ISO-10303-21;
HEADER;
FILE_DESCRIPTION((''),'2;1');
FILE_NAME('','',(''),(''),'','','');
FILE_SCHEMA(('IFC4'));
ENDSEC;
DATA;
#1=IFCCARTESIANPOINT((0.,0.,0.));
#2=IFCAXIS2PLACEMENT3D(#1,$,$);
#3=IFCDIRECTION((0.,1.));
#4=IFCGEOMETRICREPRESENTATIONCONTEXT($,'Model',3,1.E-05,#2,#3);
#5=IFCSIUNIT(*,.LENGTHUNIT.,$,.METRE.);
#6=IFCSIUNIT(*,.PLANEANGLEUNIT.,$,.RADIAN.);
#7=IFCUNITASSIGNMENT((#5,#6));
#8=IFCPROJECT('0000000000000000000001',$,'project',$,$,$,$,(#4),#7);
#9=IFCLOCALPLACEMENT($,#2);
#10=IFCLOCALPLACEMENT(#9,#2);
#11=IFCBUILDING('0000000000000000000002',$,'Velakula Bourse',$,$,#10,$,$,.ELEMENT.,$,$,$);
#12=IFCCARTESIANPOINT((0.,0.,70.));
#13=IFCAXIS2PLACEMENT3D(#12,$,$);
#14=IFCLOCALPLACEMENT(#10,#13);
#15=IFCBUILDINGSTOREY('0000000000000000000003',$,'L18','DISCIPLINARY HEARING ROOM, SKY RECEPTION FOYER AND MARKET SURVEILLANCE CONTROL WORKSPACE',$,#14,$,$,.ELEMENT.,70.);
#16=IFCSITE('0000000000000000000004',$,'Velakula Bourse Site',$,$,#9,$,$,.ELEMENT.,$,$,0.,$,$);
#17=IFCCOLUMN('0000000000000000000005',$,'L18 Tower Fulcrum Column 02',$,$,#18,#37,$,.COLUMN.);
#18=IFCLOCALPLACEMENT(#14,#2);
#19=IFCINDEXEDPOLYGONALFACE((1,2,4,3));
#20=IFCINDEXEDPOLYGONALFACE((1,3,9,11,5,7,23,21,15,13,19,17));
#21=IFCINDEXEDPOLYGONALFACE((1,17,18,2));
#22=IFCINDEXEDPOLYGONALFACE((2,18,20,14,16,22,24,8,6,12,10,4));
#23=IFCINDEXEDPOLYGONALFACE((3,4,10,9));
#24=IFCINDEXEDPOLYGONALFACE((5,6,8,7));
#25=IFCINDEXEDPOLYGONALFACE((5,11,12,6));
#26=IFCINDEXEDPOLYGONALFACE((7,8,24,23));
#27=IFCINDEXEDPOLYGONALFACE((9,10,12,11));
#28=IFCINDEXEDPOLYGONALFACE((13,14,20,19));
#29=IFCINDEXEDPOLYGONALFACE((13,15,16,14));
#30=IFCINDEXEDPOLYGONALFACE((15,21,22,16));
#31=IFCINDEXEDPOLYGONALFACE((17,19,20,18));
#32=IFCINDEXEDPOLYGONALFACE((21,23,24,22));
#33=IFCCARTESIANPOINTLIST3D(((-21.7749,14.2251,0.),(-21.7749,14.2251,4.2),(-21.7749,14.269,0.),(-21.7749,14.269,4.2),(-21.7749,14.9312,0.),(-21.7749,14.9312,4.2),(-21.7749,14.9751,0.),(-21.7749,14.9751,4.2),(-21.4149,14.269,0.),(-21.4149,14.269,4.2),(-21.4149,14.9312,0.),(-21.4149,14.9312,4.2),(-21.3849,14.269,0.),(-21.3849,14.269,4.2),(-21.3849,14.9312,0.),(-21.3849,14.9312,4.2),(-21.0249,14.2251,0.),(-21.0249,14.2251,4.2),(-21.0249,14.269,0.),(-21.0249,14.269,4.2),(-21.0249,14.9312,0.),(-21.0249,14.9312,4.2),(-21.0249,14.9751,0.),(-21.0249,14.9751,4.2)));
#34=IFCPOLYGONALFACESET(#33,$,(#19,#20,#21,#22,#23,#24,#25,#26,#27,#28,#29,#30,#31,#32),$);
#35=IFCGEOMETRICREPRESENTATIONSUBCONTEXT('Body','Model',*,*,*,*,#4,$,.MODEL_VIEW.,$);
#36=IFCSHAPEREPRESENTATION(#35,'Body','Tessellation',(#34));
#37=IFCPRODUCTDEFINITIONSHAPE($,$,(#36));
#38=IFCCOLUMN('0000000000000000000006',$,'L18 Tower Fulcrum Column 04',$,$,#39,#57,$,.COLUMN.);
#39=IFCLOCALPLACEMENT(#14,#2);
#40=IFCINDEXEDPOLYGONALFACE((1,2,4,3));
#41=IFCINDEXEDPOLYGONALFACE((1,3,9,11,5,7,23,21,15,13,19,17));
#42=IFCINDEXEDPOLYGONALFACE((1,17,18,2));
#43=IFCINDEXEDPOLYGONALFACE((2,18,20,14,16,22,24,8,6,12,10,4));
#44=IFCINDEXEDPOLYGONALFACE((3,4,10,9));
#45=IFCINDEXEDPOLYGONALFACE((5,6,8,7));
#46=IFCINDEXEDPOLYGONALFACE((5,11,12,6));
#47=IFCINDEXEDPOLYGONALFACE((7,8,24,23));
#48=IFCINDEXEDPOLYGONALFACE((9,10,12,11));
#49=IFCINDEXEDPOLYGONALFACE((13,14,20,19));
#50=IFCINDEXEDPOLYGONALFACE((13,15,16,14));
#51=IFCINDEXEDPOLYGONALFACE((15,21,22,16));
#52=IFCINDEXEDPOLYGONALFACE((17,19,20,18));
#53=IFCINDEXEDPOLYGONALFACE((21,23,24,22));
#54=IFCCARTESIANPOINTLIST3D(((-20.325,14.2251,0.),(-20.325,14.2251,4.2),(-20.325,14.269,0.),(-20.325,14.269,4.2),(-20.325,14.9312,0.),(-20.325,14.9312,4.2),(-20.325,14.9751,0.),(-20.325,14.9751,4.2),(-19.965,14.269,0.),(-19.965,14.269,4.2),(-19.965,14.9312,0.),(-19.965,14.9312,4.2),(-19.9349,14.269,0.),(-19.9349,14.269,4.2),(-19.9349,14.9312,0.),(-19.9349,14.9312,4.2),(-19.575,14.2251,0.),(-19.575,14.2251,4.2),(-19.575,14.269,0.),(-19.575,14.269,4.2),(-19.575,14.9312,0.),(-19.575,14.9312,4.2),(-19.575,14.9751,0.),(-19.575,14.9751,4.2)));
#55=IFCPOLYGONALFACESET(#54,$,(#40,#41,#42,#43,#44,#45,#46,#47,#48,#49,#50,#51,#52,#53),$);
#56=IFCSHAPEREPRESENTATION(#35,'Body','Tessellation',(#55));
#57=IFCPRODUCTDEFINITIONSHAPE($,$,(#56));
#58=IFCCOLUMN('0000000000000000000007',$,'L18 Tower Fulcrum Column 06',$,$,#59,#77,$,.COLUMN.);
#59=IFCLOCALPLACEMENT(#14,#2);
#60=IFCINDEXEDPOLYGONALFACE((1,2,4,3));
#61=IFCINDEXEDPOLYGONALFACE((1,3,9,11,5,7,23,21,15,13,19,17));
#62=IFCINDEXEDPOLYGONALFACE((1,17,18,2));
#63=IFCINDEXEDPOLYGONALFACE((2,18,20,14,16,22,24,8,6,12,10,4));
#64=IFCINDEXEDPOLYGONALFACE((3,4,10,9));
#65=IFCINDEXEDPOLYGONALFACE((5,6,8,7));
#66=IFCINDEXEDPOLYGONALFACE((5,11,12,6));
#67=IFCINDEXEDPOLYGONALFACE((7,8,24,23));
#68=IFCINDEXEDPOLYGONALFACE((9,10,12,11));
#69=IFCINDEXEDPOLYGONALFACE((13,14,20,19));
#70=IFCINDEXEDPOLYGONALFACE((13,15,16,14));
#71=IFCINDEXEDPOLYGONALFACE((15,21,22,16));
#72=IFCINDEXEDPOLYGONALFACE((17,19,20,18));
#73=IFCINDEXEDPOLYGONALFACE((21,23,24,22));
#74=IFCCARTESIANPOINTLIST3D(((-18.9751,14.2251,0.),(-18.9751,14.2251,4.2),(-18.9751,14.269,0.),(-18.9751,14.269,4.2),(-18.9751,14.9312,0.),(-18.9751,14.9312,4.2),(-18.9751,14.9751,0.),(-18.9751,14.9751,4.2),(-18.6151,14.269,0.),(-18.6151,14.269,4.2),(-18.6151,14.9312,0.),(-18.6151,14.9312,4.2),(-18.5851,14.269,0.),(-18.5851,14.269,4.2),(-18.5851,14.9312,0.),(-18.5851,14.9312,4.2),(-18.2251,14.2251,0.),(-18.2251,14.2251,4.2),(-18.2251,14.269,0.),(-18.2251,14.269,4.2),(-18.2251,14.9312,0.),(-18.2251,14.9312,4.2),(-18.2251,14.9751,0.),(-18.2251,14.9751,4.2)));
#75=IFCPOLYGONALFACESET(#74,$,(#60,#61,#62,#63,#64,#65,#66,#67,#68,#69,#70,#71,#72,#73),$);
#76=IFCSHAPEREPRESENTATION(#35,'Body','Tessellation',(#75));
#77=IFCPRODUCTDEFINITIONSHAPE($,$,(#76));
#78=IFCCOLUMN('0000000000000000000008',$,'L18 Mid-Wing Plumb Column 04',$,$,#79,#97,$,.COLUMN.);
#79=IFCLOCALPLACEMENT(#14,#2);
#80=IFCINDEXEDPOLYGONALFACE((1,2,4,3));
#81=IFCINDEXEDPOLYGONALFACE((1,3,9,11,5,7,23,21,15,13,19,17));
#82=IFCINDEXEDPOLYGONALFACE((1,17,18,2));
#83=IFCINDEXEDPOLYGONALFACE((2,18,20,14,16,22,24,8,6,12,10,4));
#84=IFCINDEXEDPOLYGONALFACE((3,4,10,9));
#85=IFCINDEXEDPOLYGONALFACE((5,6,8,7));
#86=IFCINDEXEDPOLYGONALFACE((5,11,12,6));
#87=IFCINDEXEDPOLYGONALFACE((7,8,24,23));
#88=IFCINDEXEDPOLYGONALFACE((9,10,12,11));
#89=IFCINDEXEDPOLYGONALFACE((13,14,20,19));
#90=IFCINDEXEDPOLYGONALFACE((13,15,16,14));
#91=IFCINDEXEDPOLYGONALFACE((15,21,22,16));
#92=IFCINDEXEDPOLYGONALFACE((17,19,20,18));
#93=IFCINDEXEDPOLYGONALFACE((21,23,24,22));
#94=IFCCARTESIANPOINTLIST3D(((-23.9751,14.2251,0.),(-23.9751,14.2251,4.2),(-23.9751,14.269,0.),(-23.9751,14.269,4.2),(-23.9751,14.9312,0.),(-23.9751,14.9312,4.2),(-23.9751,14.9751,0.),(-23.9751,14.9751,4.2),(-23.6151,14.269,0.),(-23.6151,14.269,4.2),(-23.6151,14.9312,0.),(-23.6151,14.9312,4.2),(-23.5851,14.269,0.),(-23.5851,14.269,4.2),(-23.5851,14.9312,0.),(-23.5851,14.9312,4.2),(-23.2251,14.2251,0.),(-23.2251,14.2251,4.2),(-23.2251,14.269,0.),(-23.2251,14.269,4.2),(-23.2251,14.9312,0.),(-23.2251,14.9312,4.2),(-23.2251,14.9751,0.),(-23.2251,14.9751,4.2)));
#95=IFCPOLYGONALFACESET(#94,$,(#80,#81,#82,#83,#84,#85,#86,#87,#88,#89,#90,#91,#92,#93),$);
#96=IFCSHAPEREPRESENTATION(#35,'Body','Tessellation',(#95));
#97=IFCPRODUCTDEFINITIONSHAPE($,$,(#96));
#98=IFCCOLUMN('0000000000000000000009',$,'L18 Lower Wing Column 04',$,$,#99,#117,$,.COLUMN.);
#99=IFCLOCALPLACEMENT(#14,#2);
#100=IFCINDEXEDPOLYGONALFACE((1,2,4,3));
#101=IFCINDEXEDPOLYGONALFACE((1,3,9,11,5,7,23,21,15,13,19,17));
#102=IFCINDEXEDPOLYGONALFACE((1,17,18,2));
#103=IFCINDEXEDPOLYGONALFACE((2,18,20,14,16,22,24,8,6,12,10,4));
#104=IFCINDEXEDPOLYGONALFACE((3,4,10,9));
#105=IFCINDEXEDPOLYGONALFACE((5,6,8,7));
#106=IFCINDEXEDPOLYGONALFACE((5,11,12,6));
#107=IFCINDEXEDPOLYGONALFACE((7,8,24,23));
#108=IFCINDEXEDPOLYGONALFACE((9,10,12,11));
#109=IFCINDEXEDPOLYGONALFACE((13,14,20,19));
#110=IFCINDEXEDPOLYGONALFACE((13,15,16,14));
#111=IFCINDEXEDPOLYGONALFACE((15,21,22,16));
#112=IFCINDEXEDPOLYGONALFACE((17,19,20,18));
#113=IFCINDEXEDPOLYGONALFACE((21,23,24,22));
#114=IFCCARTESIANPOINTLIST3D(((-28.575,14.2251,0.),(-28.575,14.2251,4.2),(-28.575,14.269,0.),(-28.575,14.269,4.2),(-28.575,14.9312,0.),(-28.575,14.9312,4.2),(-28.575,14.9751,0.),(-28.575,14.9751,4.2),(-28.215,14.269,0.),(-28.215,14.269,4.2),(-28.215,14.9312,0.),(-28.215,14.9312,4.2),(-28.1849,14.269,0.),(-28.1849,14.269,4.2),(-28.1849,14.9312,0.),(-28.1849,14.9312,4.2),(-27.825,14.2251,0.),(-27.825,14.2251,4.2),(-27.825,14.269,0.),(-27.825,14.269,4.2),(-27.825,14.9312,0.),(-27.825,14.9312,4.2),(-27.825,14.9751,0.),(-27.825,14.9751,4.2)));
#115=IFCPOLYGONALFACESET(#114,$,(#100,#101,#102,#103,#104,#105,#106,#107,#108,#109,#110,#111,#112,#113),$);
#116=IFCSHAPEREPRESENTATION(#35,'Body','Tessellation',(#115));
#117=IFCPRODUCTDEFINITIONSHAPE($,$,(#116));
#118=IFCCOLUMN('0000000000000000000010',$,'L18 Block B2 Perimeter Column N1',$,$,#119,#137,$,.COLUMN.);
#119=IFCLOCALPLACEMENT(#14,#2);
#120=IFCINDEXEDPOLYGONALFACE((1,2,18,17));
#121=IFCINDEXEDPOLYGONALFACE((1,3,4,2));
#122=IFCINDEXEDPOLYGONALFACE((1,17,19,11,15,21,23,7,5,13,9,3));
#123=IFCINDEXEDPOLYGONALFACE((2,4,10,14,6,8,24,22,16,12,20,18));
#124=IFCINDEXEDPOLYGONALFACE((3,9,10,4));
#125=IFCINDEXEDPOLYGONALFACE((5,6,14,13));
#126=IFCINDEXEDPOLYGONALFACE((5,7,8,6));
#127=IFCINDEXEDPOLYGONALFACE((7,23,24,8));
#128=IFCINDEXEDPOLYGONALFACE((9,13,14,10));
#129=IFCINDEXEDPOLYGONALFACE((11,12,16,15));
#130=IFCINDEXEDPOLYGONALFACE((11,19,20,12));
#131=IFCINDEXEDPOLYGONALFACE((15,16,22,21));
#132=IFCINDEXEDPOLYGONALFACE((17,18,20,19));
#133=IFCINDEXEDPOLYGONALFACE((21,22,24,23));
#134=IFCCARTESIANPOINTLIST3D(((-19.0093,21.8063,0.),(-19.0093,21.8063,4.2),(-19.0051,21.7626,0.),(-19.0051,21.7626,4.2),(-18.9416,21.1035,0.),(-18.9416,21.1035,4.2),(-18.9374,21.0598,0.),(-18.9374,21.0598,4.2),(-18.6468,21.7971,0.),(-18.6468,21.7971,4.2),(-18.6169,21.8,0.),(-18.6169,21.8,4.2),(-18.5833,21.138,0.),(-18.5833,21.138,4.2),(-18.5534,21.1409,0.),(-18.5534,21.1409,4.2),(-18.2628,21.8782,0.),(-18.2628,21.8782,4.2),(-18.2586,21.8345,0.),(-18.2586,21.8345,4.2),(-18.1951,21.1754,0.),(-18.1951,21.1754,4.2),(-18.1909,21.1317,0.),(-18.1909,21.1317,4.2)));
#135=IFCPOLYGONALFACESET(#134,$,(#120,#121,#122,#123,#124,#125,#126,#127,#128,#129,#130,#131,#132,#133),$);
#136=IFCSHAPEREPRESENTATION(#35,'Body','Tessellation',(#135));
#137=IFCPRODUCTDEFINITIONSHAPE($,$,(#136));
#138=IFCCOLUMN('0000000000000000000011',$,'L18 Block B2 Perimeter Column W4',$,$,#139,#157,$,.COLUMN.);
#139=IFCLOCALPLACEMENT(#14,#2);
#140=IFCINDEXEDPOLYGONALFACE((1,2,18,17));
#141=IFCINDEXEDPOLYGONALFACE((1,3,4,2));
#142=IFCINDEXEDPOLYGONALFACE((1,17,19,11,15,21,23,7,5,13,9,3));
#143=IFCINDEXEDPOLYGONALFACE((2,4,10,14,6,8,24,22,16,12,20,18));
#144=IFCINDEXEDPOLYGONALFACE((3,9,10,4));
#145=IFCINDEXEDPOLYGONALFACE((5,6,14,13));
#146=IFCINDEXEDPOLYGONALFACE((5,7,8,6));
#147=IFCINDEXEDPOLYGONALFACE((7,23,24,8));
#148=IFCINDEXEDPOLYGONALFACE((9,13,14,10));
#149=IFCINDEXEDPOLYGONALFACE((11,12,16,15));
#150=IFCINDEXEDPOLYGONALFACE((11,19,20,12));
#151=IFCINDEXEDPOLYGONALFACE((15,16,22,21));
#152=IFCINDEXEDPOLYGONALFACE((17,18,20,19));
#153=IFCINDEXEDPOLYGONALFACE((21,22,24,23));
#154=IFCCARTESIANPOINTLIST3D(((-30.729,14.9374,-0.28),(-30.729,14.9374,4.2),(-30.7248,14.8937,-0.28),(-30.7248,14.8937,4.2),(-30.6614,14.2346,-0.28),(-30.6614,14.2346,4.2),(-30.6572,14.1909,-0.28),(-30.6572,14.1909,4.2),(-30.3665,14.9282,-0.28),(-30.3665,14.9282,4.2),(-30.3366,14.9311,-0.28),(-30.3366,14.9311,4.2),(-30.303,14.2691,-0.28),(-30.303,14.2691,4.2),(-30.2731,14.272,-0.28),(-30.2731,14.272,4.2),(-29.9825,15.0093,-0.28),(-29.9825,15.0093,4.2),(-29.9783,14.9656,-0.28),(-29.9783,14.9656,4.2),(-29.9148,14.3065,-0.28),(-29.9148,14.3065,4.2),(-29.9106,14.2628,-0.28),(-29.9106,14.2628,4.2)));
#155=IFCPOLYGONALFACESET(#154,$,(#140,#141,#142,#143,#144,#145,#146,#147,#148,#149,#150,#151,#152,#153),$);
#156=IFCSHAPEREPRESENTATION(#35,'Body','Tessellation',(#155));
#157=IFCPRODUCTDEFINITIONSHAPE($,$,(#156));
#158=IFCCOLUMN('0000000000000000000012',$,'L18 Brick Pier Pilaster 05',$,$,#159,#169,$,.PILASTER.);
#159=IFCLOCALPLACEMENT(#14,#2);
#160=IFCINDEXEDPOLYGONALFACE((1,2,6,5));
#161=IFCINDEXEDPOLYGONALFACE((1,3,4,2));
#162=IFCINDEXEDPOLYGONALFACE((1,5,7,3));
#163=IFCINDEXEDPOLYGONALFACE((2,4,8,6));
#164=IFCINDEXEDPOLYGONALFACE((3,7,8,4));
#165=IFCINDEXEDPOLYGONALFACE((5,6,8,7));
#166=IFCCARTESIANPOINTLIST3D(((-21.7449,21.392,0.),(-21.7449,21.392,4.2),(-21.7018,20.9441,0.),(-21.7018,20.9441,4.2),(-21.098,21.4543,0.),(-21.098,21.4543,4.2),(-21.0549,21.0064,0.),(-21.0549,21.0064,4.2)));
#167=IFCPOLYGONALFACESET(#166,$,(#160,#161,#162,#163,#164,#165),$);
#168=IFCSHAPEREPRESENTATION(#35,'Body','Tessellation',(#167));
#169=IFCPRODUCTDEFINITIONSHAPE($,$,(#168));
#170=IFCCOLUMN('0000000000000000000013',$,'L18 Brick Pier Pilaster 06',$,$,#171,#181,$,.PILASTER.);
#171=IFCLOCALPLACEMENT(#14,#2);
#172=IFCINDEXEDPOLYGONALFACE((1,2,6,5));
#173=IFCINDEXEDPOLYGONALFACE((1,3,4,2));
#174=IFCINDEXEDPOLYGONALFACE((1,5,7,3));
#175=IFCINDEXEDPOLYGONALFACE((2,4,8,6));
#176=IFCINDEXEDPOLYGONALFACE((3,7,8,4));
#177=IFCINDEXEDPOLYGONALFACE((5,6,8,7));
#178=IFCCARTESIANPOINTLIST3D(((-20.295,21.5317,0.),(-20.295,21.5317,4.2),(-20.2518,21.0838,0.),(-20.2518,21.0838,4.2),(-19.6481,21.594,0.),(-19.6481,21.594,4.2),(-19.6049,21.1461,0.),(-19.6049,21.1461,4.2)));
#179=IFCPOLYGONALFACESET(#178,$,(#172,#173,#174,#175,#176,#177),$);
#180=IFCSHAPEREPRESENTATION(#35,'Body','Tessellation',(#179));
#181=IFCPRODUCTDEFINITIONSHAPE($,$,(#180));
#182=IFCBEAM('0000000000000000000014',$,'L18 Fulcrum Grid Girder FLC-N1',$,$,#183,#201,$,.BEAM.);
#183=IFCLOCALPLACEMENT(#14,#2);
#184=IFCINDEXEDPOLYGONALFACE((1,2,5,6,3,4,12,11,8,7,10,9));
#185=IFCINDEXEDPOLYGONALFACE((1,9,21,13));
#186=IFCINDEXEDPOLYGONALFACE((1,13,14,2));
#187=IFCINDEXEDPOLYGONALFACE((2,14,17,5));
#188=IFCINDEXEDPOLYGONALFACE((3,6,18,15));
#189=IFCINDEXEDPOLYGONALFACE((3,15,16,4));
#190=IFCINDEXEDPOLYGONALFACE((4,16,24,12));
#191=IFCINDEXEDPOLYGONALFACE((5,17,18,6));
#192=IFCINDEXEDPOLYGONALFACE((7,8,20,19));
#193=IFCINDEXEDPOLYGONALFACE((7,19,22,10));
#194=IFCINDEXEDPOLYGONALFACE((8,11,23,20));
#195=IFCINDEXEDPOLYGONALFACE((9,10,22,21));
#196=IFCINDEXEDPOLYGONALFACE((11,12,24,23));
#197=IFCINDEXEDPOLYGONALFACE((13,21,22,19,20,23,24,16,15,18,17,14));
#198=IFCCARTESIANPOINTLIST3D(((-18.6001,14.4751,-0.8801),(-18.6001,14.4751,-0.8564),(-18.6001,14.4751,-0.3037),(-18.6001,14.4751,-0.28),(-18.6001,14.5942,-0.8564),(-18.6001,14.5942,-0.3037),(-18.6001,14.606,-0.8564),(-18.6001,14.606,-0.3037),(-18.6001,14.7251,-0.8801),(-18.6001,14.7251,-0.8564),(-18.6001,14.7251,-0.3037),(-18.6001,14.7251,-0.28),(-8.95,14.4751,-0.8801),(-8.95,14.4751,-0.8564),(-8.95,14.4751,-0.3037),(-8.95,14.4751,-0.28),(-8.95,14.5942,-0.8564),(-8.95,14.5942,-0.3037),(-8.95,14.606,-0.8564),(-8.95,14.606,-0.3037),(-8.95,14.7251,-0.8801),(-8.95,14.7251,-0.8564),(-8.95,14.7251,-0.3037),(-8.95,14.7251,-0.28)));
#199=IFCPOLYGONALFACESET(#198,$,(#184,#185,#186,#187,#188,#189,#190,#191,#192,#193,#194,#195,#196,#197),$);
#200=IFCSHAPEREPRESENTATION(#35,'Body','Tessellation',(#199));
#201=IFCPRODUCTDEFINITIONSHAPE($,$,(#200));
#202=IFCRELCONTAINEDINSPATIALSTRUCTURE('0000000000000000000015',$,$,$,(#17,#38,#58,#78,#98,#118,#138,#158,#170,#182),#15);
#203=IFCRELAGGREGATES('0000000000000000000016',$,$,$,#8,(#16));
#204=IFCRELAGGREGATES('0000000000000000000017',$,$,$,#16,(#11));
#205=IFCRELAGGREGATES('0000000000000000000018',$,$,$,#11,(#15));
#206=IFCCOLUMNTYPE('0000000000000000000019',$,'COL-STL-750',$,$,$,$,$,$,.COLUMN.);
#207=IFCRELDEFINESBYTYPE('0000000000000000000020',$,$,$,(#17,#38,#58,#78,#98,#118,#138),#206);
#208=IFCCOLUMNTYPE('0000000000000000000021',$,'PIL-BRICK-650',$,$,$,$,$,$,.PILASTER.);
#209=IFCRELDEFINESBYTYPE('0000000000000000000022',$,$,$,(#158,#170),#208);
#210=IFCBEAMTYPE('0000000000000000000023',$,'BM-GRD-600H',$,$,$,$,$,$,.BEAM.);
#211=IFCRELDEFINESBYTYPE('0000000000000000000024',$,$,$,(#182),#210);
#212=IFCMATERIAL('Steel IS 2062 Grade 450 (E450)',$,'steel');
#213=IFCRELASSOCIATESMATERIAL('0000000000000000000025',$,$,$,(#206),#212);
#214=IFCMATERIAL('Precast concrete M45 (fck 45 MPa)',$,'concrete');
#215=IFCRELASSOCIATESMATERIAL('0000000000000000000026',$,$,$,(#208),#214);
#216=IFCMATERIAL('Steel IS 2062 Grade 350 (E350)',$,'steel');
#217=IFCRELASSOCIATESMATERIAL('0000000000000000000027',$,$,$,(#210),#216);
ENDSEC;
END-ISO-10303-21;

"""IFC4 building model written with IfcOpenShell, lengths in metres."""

from ifc_helpers import new_model, si_unit, direction, frame, origin, origin_2d, place, context, subcontext, project, spatial, rectangle, i_section, extrude, material, material_profile, profile_set, type_object, element, save


model = new_model("IFC4")

# Units and contexts
model_context = context("Model", 3, precision=1e-05, world=origin(), true_north=direction((0.0, 1.0)))
body_context = subcontext(model_context, "Body", "Model", "MODEL_VIEW")
ifc_project = project(units=[si_unit("LENGTHUNIT", "METRE"), si_unit("PLANEANGLEUNIT", "RADIAN")], contexts=[model_context])

# Site, building, storey
site_placement = place(None, origin())
site = spatial("IfcSite", under=ifc_project, at=site_placement, Name="Velakula Bourse Site", CompositionType="ELEMENT", RefElevation=0.0)
building_placement = place(site_placement, origin())
building = spatial("IfcBuilding", under=site, at=building_placement, Name="Velakula Bourse", CompositionType="ELEMENT")
storey_placement = place(building_placement, frame((0.0, 0.0, 70.0)))
storey = spatial("IfcBuildingStorey", under=building, at=storey_placement, Name="L18", Description="DISCIPLINARY HEARING ROOM, SKY RECEPTION FOYER AND MARKET SURVEILLANCE CONTROL WORKSPACE", CompositionType="ELEMENT", Elevation=70.0)

# Columns
ifc_material_1 = material(Name="Steel IS 2062 Grade 450 (E450)", Category="steel")
ifc_material_profile_1 = material_profile(ifc_material_1, i_section(OverallWidth=0.75, OverallDepth=0.75, WebThickness=0.03, FlangeThickness=0.0439, at=origin_2d()), Name="Steel IS 2062 Grade 450 (E450)")
ifc_profile_set_1 = profile_set([ifc_material_profile_1], Name="Steel IS 2062 Grade 450 (E450)")
column_type_1 = type_object("IfcColumnType", Name="COL-STL-750", PredefinedType="COLUMN", material=ifc_profile_set_1)
for number, where, z_axis, x_axis, name in (
    (1, (-21.3999, 14.6001, 0.0), (0.0, 0.0, 1.0), (1.0, 0.0, 0.0), "L18 Tower Fulcrum Column 02"),
    (2, (-19.95, 14.6001, 0.0), (0.0, 0.0, 1.0), (1.0, 0.0, 0.0), "L18 Tower Fulcrum Column 04"),
    (3, (-18.6001, 14.6001, 0.0), (0.0, 0.0, 1.0), (1.0, 0.0, 0.0), "L18 Tower Fulcrum Column 06"),
    (4, (-23.6001, 14.6001, 0.0), (0.0, 0.0, 1.0), (1.0, 0.0, 0.0), "L18 Mid-Wing Plumb Column 04"),
    (5, (-28.2, 14.6001, 0.0), (0.0, 0.0, 1.0), (1.0, 0.0, 0.0), "L18 Lower Wing Column 04"),
    (6, (-18.6001, 21.469, 0.0), (0.0, 0.0, 1.0), (0.995396, 0.095846, 0.0), "L18 Block B2 Perimeter Column N1"),
):
    element("IfcColumn", number, at=place(storey_placement, frame(where, z_axis=z_axis, x_axis=x_axis)), inside=storey, type_object=column_type_1, Name=name, PredefinedType="COLUMN", context=body_context, shape_type="SweptSolid", body=[
        extrude(i_section(OverallWidth=0.75, OverallDepth=0.75, WebThickness=0.03, FlangeThickness=0.0439, at=origin_2d()), origin(), (0.0, 0.0, 1.0), 4.2),
    ])
column_placement = place(storey_placement, frame((-30.3198, 14.6001, -0.28), z_axis=(0.0, 0.0, 1.0), x_axis=(0.995396, 0.095846, 0.0)))
element("IfcColumn", 7, at=column_placement, inside=storey, type_object=column_type_1, Name="L18 Block B2 Perimeter Column W4", PredefinedType="COLUMN", context=body_context, shape_type="SweptSolid", body=[
    extrude(i_section(OverallWidth=0.75, OverallDepth=0.75, WebThickness=0.03, FlangeThickness=0.0439, at=origin_2d()), origin(), (0.0, 0.0, 1.0), 4.48),
])
ifc_material_2 = material(Name="Precast concrete M45 (fck 45 MPa)", Category="concrete")
ifc_material_profile_2 = material_profile(ifc_material_2, rectangle(XDim=0.6499, YDim=0.45, at=origin_2d()), Name="Precast concrete M45 (fck 45 MPa)")
ifc_profile_set_2 = profile_set([ifc_material_profile_2], Name="Precast concrete M45 (fck 45 MPa)")
column_type_2 = type_object("IfcColumnType", Name="PIL-BRICK-650", PredefinedType="PILASTER", material=ifc_profile_set_2)
for number, where, z_axis, x_axis, name in (
    (8, (-21.3999, 21.1992, 0.0), (0.0, 0.0, 1.0), (0.995396, 0.095846, 0.0), "L18 Brick Pier Pilaster 05"),
    (9, (-19.95, 21.3389, 0.0), (0.0, 0.0, 1.0), (0.995396, 0.095846, 0.0), "L18 Brick Pier Pilaster 06"),
):
    element("IfcColumn", number, at=place(storey_placement, frame(where, z_axis=z_axis, x_axis=x_axis)), inside=storey, type_object=column_type_2, Name=name, PredefinedType="PILASTER", context=body_context, shape_type="SweptSolid", body=[
        extrude(rectangle(XDim=0.6499, YDim=0.45, at=origin_2d()), origin(), (0.0, 0.0, 1.0), 4.2),
    ])

# Beam
ifc_material_3 = material(Name="Steel IS 2062 Grade 350 (E350)", Category="steel")
ifc_material_profile_3 = material_profile(ifc_material_3, i_section(OverallWidth=0.25, OverallDepth=0.6001, WebThickness=0.0117, FlangeThickness=0.0237, at=origin_2d()), Name="Steel IS 2062 Grade 350 (E350)")
ifc_profile_set_3 = profile_set([ifc_material_profile_3], Name="Steel IS 2062 Grade 350 (E350)")
beam_type_1 = type_object("IfcBeamType", Name="BM-GRD-600H", PredefinedType="BEAM", material=ifc_profile_set_3)
beam_1_placement = place(storey_placement, frame((-18.6001, 14.6001, -0.5801), z_axis=(1.0, 0.0, 0.0), x_axis=(0.0, 1.0, 0.0)))
element("IfcBeam", 10, at=beam_1_placement, inside=storey, type_object=beam_type_1, Name="L18 Fulcrum Grid Girder FLC-N1", PredefinedType="BEAM", context=body_context, shape_type="SweptSolid", body=[
    extrude(i_section(OverallWidth=0.25, OverallDepth=0.6001, WebThickness=0.0117, FlangeThickness=0.0237, at=origin_2d()), origin(), (0.0, 0.0, 1.0), 9.6501),
])

save(model, "model.ifc")
